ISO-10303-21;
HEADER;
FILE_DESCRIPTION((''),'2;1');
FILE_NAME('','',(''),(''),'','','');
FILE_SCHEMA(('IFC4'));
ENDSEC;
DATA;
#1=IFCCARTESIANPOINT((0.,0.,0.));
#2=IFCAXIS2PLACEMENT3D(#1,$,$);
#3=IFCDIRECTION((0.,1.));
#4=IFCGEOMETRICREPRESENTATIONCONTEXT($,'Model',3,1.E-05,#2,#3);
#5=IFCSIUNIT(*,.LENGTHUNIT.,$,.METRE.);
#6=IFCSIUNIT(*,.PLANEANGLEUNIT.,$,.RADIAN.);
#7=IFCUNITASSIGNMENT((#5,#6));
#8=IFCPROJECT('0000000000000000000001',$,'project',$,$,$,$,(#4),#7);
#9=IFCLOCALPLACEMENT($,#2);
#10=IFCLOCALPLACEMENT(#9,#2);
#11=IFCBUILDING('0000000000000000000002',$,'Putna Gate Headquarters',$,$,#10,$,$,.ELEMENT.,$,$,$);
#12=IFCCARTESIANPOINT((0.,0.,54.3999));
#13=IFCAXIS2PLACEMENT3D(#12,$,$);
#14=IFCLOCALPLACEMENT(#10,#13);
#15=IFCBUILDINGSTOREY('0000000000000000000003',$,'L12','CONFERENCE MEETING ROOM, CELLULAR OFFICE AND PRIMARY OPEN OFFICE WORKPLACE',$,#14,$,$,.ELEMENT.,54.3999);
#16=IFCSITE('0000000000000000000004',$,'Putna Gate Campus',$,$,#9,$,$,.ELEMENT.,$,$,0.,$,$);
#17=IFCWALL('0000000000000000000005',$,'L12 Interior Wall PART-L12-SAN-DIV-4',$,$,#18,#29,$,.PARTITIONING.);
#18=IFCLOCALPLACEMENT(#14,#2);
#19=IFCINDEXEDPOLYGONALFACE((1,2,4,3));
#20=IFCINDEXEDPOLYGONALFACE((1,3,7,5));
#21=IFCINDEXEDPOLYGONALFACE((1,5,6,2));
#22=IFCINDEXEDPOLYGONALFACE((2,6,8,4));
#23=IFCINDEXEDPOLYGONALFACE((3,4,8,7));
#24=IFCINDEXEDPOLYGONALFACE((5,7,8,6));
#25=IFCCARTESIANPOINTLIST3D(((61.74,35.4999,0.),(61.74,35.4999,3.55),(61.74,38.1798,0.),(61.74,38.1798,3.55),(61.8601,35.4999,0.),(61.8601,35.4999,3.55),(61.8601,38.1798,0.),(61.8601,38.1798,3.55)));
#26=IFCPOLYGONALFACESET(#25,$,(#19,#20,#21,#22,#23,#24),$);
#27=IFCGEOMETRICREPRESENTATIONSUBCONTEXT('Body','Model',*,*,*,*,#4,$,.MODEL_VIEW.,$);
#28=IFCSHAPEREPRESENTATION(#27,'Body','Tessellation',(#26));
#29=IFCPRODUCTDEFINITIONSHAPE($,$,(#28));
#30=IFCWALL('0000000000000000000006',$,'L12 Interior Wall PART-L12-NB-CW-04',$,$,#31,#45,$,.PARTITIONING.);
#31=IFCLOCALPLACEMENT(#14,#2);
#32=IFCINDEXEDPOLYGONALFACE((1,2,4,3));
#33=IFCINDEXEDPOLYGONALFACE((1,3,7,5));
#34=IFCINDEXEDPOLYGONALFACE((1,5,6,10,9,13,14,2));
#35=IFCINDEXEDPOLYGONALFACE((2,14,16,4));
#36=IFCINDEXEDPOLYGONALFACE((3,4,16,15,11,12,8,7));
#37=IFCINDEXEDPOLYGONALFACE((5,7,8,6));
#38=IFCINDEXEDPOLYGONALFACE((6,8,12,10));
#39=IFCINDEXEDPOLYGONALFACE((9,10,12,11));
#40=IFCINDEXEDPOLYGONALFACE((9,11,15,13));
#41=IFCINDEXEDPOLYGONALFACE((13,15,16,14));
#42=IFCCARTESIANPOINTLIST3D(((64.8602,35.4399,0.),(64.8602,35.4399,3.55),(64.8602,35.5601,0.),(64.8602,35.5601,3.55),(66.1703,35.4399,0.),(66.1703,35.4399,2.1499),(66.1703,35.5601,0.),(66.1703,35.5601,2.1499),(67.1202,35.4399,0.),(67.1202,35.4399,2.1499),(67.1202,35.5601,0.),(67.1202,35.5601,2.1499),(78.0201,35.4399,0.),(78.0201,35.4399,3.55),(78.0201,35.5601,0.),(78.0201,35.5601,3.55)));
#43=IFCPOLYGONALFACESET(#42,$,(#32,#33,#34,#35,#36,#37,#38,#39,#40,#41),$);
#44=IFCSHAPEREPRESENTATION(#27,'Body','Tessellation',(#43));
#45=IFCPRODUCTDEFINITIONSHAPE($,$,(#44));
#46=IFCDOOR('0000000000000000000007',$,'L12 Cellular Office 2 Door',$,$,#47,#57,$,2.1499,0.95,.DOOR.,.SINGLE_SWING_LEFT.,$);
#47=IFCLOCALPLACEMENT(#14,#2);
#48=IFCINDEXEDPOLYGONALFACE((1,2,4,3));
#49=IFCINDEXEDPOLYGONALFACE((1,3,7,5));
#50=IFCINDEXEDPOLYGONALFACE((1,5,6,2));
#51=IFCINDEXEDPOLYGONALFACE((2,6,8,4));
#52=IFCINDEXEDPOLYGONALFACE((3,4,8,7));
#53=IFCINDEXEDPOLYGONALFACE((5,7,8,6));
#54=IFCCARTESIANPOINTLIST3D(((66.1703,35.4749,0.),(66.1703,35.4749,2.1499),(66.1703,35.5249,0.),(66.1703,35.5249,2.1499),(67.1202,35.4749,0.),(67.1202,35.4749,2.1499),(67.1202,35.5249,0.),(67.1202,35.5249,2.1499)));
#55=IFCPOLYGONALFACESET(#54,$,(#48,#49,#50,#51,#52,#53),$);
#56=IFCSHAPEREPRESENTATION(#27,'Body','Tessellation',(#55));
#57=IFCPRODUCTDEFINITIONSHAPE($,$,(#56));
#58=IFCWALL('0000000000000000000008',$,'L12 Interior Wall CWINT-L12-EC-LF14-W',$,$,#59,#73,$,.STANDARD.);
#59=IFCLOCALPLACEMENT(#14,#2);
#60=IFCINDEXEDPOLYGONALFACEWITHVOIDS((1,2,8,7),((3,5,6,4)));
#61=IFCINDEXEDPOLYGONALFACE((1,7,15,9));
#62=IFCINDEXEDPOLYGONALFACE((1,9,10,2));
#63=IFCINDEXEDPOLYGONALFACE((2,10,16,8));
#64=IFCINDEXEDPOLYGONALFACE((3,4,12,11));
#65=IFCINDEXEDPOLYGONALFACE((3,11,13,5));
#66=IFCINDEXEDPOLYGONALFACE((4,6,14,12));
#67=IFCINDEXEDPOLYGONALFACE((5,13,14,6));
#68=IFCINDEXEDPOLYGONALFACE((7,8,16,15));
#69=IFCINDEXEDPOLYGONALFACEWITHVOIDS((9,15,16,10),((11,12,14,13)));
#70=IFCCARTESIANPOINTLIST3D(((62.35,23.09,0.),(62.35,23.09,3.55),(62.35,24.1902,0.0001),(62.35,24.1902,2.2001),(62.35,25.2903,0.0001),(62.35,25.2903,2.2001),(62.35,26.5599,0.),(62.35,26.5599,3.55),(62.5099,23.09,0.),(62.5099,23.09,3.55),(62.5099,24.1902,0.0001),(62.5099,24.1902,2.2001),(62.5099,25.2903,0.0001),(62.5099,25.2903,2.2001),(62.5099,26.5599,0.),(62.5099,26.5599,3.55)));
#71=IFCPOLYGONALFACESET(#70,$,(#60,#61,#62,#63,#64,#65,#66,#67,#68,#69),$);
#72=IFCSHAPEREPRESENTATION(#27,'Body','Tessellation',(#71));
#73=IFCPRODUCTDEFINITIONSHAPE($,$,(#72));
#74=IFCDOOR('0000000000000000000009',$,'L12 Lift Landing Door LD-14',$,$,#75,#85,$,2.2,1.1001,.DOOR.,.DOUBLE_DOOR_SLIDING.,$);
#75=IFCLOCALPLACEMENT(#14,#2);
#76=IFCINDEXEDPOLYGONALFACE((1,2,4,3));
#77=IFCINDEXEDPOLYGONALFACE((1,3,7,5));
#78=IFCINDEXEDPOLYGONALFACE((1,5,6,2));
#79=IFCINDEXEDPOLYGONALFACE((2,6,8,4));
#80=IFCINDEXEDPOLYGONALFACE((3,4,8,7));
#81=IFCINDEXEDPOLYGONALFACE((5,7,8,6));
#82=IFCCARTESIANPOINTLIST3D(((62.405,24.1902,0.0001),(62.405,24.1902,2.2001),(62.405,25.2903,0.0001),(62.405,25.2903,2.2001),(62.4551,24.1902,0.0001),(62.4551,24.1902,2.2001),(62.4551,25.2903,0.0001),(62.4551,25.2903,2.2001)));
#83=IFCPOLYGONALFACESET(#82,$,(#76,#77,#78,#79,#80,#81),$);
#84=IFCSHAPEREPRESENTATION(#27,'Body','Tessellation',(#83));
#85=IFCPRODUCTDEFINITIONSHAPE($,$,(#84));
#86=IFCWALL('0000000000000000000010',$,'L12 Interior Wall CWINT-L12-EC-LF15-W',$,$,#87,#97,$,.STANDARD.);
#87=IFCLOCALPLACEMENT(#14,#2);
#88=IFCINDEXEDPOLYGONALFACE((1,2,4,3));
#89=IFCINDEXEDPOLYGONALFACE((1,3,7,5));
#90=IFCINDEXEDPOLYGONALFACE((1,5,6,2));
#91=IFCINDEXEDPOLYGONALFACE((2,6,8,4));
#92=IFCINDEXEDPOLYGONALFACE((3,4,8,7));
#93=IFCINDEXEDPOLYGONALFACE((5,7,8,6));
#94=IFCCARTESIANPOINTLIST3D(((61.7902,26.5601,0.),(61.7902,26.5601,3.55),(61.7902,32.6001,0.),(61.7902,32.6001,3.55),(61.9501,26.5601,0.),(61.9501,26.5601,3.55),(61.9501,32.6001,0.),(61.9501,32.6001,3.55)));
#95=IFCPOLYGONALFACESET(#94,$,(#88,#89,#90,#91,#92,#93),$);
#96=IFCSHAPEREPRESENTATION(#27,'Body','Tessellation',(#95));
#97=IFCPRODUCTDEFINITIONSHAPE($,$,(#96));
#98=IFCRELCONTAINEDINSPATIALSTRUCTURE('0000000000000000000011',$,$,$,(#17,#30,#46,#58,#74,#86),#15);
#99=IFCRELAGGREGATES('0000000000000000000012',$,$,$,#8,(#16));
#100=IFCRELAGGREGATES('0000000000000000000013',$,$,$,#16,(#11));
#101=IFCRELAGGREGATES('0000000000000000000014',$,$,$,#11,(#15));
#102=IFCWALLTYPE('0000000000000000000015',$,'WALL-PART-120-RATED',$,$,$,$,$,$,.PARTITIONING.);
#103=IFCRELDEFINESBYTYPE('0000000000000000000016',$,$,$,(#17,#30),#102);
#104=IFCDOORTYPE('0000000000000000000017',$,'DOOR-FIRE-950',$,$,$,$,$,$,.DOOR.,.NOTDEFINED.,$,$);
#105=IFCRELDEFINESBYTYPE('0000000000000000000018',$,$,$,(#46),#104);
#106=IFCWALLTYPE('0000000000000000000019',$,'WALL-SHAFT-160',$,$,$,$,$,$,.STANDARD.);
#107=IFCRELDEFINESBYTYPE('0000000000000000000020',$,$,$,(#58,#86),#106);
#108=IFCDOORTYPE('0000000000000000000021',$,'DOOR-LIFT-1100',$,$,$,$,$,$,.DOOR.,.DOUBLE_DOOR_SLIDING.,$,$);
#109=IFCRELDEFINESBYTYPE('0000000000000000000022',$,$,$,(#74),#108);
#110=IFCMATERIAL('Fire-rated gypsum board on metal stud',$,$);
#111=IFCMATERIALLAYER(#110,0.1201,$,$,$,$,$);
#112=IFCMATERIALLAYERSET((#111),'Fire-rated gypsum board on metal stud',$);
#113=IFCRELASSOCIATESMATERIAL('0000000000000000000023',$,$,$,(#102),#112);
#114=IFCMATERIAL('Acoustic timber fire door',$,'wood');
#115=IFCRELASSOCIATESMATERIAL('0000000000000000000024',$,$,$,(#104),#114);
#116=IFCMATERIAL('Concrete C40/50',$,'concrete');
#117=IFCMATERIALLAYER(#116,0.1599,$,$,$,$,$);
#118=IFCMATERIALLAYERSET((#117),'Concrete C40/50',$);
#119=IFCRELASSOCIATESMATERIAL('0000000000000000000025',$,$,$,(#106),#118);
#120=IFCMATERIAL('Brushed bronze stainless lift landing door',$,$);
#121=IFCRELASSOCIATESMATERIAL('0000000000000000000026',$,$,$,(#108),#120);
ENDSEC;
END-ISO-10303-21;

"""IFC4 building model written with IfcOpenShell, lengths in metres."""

from ifc_helpers import new_model, si_unit, direction, frame, frame_2d, origin, place, context, subcontext, project, spatial, rectangle, extrude, material, layer, layer_set, type_object, element, fill, save


model = new_model("IFC4")

# Units and contexts
model_context = context("Model", 3, precision=1e-05, world=origin(), true_north=direction((0.0, 1.0)))
body_context = subcontext(model_context, "Body", "Model", "MODEL_VIEW")
ifc_project = project(units=[si_unit("LENGTHUNIT", "METRE"), si_unit("PLANEANGLEUNIT", "RADIAN")], contexts=[model_context])

# Site, building, storey
site_placement = place(None, origin())
site = spatial("IfcSite", under=ifc_project, at=site_placement, Name="Putna Gate Campus", CompositionType="ELEMENT", RefElevation=0.0)
building_placement = place(site_placement, origin())
building = spatial("IfcBuilding", under=site, at=building_placement, Name="Putna Gate Headquarters", CompositionType="ELEMENT")
storey_placement = place(building_placement, frame((0.0, 0.0, 54.3999)))
storey = spatial("IfcBuildingStorey", under=building, at=storey_placement, Name="L12", Description="CONFERENCE MEETING ROOM, CELLULAR OFFICE AND PRIMARY OPEN OFFICE WORKPLACE", CompositionType="ELEMENT", Elevation=54.3999)

# Wall
ifc_material_1 = material(Name="Fire-rated gypsum board on metal stud")
ifc_layer_1 = layer(ifc_material_1, 0.1201)
ifc_layer_set_1 = layer_set([ifc_layer_1], Name="Fire-rated gypsum board on metal stud")
wall_type_1 = type_object("IfcWallType", Name="WALL-PART-120-RATED", PredefinedType="PARTITIONING", material=ifc_layer_set_1)
for number, where, z_axis, x_axis, name in (
    (1, (61.8, 35.5, 0.0), (0.0, 0.0, 1.0), (0.0, 1.0, 0.0), "L12 Interior Wall PART-L12-SAN-DIV-4"),
):
    element("IfcWall", number, at=place(storey_placement, frame(where, z_axis=z_axis, x_axis=x_axis)), inside=storey, type_object=wall_type_1, Name=name, PredefinedType="PARTITIONING", context=body_context, shape_type="SweptSolid", body=[
        extrude(rectangle(XDim=2.6799, YDim=0.1201, at=frame_2d((1.3398, 0.0))), origin(), (0.0, 0.0, 1.0), 3.55),
    ])

# Walls, openings, doors
wall_1_placement = place(storey_placement, frame((64.8601, 35.5, 0.0), z_axis=(0.0, 0.0, 1.0), x_axis=(1.0, 0.0, 0.0)))
wall_1 = element("IfcWall", 2, at=wall_1_placement, inside=storey, type_object=wall_type_1, Name="L12 Interior Wall PART-L12-NB-CW-04", PredefinedType="PARTITIONING", context=body_context, shape_type="SweptSolid", body=[
    extrude(rectangle(XDim=13.1599, YDim=0.1201, at=frame_2d((6.5801, 0.0))), origin(), (0.0, 0.0, 1.0), 3.55),
])
opening_1_placement = place(wall_1_placement, frame((1.3101, 0.0, 0.0)))
opening_1 = element("IfcOpeningElement", 3, at=opening_1_placement, cuts=wall_1, PredefinedType="OPENING", context=body_context, shape_type="SweptSolid", body=[
    extrude(rectangle(XDim=0.95, YDim=2.1499, at=frame_2d((0.4751, 1.075))), frame((0.0, 0.0701, 0.0), z_axis=(0.0, -1.0, 0.0), x_axis=(1.0, 0.0, 0.0)), (0.0, 0.0, 1.0), 0.1401),
])
ifc_material_2 = material(Name="Acoustic timber fire door", Category="wood")
door_type_1 = type_object("IfcDoorType", Name="DOOR-FIRE-950", OperationType="NOTDEFINED", PredefinedType="DOOR", material=ifc_material_2)
door_1_placement = place(opening_1_placement, origin())
door_1 = element("IfcDoor", 4, at=door_1_placement, inside=storey, type_object=door_type_1, Name="L12 Cellular Office 2 Door", OperationType="SINGLE_SWING_LEFT", OverallHeight=2.1499, OverallWidth=0.95, PredefinedType="DOOR", context=body_context, shape_type="SweptSolid", body=[
    extrude(rectangle(XDim=0.95, YDim=2.1499, at=frame_2d((0.4751, 1.075))), frame((0.0, 0.0249, 0.0), z_axis=(0.0, -1.0, 0.0), x_axis=(1.0, 0.0, 0.0)), (0.0, 0.0, 1.0), 0.05),
])
fill(opening_1, door_1)
ifc_material_3 = material(Name="Concrete C40/50", Category="concrete")
ifc_layer_2 = layer(ifc_material_3, 0.1599)
ifc_layer_set_2 = layer_set([ifc_layer_2], Name="Concrete C40/50")
wall_type_2 = type_object("IfcWallType", Name="WALL-SHAFT-160", PredefinedType="STANDARD", material=ifc_layer_set_2)
wall_2_placement = place(storey_placement, frame((62.4299, 23.0901, 0.0), z_axis=(0.0, 0.0, 1.0), x_axis=(0.0, 1.0, 0.0)))
wall_2 = element("IfcWall", 5, at=wall_2_placement, inside=storey, type_object=wall_type_2, Name="L12 Interior Wall CWINT-L12-EC-LF14-W", PredefinedType="STANDARD", context=body_context, shape_type="SweptSolid", body=[
    extrude(rectangle(XDim=3.47, YDim=0.1599, at=frame_2d((1.7349, 0.0))), origin(), (0.0, 0.0, 1.0), 3.55),
])
opening_2_placement = place(wall_2_placement, frame((1.1001, 0.0, 0.0)))
opening_2 = element("IfcOpeningElement", 6, at=opening_2_placement, cuts=wall_2, PredefinedType="OPENING", context=body_context, shape_type="SweptSolid", body=[
    extrude(rectangle(XDim=1.1001, YDim=2.2, at=frame_2d((0.55, 1.1001))), frame((0.0, 0.0898, 0.0), z_axis=(0.0, -1.0, 0.0), x_axis=(1.0, 0.0, 0.0)), (0.0, 0.0, 1.0), 0.1799),
])
ifc_material_4 = material(Name="Brushed bronze stainless lift landing door")
door_type_2 = type_object("IfcDoorType", Name="DOOR-LIFT-1100", OperationType="DOUBLE_DOOR_SLIDING", PredefinedType="DOOR", material=ifc_material_4)
door_2_placement = place(opening_2_placement, origin())
door_2 = element("IfcDoor", 7, at=door_2_placement, inside=storey, type_object=door_type_2, Name="L12 Lift Landing Door LD-14", OperationType="DOUBLE_DOOR_SLIDING", OverallHeight=2.2, OverallWidth=1.1001, PredefinedType="DOOR", context=body_context, shape_type="SweptSolid", body=[
    extrude(rectangle(XDim=1.1001, YDim=2.2, at=frame_2d((0.55, 1.1001))), frame((0.0, 0.0249, 0.0), z_axis=(0.0, -1.0, 0.0), x_axis=(1.0, 0.0, 0.0)), (0.0, 0.0, 1.0), 0.05),
])
fill(opening_2, door_2)

# Wall
wall_3_placement = place(storey_placement, frame((61.8701, 26.5601, 0.0), z_axis=(0.0, 0.0, 1.0), x_axis=(0.0, 1.0, 0.0)))
element("IfcWall", 8, at=wall_3_placement, inside=storey, type_object=wall_type_2, Name="L12 Interior Wall CWINT-L12-EC-LF15-W", PredefinedType="STANDARD", context=body_context, shape_type="SweptSolid", body=[
    extrude(rectangle(XDim=6.04, YDim=0.1599, at=frame_2d((3.02, 0.0))), origin(), (0.0, 0.0, 1.0), 3.55),
])

save(model, "model.ifc")
